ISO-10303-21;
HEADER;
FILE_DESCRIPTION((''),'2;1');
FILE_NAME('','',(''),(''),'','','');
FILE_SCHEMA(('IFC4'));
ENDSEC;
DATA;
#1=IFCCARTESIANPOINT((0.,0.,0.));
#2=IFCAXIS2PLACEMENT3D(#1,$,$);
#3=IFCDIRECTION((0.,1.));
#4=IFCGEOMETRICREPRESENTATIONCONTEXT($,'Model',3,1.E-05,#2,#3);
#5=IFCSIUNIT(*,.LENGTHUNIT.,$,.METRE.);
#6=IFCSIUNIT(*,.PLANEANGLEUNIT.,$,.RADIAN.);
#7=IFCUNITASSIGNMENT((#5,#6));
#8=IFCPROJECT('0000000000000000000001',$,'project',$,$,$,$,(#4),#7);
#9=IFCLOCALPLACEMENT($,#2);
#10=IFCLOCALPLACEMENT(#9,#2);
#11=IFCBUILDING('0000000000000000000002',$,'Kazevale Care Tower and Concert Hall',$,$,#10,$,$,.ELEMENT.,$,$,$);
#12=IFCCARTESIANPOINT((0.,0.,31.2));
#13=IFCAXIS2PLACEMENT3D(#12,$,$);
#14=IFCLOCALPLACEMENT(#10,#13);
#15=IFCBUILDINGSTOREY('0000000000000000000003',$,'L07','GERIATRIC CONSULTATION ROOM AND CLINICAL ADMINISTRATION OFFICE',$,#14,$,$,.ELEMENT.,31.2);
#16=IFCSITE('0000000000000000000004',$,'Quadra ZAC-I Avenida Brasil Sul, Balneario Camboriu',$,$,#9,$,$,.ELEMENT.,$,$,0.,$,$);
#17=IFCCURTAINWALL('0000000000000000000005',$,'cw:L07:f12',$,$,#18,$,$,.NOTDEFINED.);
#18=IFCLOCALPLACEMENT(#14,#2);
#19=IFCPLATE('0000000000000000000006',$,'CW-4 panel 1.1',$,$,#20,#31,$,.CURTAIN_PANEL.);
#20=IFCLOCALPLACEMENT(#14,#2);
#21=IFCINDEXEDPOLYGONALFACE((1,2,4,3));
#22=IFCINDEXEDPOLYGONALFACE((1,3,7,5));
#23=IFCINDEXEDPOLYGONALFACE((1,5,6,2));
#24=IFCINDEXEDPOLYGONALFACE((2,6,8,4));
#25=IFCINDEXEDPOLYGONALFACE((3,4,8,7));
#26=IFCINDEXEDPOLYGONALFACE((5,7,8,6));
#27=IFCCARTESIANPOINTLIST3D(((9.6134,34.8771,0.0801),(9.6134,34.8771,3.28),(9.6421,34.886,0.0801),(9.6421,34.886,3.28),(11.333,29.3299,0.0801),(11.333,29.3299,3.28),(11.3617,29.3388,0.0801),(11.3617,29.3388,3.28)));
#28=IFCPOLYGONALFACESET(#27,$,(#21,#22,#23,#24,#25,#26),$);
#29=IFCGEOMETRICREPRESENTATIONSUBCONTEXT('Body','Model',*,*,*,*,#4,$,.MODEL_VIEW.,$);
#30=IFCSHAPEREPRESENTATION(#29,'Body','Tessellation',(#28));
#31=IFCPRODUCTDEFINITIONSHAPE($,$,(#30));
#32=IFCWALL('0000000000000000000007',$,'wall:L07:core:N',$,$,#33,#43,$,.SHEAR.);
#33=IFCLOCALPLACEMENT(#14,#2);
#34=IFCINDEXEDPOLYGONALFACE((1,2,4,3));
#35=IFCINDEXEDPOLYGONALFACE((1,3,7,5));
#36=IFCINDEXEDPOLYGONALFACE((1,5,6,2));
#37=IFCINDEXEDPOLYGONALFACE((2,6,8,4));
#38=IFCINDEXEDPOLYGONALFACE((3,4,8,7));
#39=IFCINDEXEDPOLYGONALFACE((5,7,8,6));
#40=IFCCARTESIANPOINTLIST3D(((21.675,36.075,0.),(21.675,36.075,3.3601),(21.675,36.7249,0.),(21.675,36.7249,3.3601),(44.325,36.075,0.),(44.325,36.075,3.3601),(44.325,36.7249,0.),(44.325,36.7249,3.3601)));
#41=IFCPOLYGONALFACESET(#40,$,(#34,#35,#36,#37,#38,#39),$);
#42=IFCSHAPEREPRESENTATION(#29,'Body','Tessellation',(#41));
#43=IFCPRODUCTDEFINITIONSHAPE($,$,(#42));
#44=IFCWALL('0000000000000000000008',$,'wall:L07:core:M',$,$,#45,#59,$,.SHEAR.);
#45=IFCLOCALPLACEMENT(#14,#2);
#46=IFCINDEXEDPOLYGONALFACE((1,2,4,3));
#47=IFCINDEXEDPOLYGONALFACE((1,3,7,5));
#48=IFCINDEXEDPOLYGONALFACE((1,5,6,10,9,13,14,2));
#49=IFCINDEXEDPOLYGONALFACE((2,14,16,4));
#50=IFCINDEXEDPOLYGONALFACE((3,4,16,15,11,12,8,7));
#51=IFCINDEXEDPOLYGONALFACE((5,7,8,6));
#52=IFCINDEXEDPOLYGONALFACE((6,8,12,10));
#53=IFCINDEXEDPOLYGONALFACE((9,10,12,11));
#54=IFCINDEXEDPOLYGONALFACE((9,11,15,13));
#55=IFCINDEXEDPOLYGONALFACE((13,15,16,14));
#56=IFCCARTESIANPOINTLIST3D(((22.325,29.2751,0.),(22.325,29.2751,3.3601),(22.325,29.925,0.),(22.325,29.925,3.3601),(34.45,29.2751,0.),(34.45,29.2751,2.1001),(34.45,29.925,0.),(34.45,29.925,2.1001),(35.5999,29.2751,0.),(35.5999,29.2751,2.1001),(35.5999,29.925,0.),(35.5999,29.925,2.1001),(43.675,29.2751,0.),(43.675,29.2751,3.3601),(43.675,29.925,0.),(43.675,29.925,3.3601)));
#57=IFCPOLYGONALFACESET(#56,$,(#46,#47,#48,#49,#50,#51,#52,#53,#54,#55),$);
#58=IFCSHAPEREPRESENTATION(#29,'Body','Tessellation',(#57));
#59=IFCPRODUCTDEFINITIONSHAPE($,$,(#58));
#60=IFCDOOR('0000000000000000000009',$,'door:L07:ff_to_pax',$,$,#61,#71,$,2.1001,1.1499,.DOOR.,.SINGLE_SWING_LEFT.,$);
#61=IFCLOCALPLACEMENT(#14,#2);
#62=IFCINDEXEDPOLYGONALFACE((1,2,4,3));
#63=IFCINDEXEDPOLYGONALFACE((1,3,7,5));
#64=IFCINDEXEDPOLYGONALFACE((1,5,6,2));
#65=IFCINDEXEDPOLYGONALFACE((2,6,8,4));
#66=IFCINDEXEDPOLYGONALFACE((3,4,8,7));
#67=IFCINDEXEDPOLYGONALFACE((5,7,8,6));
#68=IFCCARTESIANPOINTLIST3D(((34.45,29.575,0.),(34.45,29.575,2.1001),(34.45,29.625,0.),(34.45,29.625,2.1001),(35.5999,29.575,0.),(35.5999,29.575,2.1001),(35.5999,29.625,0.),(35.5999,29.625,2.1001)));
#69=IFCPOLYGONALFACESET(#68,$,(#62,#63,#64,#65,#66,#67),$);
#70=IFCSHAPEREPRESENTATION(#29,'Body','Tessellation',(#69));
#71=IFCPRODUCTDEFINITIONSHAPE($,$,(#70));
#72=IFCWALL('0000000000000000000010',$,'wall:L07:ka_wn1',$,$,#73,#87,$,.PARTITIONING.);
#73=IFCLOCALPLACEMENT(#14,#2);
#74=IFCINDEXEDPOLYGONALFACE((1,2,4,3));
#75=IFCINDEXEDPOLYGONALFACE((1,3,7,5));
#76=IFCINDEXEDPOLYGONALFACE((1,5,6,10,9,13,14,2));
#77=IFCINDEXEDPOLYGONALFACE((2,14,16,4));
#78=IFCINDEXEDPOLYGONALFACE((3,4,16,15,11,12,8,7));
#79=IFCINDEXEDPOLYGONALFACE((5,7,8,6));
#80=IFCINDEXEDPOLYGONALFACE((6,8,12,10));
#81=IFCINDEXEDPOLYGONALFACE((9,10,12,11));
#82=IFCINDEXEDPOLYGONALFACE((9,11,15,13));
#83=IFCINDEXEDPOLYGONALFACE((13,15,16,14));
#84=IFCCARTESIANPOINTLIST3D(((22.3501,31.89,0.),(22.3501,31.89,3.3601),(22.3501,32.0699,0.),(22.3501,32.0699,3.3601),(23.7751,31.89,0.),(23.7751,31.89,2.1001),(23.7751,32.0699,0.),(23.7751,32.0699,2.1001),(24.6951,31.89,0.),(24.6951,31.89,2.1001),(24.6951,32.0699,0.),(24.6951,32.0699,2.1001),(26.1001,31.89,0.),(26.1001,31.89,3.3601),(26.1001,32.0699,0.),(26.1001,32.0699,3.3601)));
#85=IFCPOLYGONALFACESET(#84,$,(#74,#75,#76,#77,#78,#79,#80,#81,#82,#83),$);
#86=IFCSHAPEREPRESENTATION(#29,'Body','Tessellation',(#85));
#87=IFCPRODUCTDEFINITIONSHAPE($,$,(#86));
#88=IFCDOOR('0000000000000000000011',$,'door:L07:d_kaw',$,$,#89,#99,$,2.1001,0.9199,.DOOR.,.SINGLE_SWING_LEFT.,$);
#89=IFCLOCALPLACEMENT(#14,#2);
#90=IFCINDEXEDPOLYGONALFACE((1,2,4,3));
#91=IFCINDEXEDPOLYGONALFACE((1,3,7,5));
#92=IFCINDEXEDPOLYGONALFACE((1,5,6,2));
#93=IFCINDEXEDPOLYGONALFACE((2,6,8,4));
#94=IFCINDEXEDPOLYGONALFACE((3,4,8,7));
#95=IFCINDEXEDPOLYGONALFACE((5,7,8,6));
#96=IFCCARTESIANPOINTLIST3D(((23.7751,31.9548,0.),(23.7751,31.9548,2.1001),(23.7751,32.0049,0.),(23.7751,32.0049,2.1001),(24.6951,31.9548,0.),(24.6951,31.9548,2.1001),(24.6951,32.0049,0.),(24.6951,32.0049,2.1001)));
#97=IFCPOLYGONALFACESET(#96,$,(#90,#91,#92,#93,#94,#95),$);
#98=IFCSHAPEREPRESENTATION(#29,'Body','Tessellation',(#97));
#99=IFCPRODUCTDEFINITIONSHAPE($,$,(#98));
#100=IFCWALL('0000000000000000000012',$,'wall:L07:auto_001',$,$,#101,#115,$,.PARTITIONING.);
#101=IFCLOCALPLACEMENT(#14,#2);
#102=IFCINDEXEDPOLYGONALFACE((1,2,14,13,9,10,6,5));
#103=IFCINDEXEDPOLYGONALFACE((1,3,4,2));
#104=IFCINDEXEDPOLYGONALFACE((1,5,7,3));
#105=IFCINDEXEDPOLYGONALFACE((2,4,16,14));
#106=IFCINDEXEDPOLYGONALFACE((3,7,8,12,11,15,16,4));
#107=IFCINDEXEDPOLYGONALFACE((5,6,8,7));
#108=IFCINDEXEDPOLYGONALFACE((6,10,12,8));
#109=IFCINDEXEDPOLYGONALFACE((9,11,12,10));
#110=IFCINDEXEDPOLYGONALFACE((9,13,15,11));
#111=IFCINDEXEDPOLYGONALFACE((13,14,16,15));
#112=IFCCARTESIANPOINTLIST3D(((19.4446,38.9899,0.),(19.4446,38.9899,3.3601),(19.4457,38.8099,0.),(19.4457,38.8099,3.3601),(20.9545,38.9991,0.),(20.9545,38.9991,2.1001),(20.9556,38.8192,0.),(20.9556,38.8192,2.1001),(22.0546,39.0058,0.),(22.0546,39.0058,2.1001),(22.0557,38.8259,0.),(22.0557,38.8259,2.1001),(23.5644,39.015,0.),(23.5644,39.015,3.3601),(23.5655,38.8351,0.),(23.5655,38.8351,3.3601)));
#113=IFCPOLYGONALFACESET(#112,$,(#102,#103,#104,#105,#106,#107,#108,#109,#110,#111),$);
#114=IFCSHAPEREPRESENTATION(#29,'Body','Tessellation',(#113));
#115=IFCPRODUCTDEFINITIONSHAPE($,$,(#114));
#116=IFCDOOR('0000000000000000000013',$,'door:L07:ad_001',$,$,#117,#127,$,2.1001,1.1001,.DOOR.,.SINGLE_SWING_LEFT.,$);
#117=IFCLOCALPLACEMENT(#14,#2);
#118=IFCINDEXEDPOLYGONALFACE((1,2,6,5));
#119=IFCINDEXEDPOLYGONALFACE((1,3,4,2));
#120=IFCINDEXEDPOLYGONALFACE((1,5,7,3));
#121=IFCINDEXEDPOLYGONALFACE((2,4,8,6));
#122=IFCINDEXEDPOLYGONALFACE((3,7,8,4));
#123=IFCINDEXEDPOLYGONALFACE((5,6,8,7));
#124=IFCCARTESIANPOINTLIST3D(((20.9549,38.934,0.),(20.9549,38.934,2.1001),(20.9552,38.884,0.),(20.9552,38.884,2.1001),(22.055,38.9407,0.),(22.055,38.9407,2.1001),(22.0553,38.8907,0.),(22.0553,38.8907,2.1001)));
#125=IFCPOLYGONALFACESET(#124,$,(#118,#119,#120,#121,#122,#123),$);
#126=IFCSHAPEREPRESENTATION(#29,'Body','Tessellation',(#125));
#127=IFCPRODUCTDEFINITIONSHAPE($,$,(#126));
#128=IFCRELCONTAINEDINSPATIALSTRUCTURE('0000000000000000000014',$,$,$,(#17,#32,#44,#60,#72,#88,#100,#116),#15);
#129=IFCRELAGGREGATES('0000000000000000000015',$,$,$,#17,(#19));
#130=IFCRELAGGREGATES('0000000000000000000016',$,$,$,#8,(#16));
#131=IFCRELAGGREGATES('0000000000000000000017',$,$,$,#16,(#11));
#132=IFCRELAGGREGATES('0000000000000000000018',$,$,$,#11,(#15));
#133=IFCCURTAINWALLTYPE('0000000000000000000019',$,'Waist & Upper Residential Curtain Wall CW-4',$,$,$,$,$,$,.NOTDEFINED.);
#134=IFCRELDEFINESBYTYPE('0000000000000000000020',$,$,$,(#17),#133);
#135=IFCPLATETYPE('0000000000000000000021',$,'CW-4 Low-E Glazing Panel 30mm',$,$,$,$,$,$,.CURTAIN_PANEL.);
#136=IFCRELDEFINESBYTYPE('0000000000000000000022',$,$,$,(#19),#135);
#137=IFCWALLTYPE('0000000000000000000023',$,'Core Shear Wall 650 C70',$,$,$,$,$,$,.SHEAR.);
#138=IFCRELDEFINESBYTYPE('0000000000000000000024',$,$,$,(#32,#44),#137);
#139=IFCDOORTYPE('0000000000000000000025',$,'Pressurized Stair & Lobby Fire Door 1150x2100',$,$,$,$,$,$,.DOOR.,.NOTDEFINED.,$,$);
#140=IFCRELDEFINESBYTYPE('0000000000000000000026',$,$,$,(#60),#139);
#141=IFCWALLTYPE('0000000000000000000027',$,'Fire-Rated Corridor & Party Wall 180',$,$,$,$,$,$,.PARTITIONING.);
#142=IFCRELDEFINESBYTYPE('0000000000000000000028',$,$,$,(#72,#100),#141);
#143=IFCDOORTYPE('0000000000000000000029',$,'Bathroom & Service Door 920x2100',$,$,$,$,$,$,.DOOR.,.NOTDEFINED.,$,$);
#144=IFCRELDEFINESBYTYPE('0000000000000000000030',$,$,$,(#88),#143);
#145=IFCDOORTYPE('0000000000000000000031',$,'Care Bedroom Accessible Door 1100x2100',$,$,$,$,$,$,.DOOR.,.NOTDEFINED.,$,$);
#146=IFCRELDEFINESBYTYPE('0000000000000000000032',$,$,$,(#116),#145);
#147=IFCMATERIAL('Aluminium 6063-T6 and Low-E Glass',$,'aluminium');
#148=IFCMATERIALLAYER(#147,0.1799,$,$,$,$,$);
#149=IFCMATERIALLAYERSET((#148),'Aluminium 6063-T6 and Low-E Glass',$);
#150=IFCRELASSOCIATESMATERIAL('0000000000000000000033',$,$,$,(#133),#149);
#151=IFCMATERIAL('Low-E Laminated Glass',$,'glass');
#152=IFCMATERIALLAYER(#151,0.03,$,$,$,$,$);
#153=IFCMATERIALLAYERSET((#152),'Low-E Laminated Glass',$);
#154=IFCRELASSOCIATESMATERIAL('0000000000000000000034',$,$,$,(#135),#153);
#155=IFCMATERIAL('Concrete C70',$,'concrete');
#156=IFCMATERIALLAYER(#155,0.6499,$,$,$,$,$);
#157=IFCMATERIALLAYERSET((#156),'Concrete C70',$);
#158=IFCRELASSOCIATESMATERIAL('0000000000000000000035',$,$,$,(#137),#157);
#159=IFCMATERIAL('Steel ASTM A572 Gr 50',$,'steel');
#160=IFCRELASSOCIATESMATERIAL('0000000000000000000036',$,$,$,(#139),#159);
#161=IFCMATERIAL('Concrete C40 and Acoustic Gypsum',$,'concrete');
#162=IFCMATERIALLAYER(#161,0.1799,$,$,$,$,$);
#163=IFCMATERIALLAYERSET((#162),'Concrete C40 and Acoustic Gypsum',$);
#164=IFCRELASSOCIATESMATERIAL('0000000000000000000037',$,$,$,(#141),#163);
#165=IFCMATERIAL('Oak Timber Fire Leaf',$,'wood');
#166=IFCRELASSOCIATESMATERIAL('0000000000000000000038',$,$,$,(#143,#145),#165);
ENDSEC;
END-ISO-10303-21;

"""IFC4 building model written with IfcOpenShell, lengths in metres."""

from ifc_helpers import new_model, si_unit, direction, frame, frame_2d, origin, origin_2d, place, context, subcontext, project, spatial, rectangle, extrude, material, layer, layer_set, type_object, element, fill, aggregate, save


model = new_model("IFC4")

# Units and contexts
model_context = context("Model", 3, precision=1e-05, world=origin(), true_north=direction((0.0, 1.0)))
body_context = subcontext(model_context, "Body", "Model", "MODEL_VIEW")
ifc_project = project(units=[si_unit("LENGTHUNIT", "METRE"), si_unit("PLANEANGLEUNIT", "RADIAN")], contexts=[model_context])

# Site, building, storey
site_placement = place(None, origin())
site = spatial("IfcSite", under=ifc_project, at=site_placement, Name="Quadra ZAC-I Avenida Brasil Sul, Balneario Camboriu", CompositionType="ELEMENT", RefElevation=0.0)
building_placement = place(site_placement, origin())
building = spatial("IfcBuilding", under=site, at=building_placement, Name="Kazevale Care Tower and Concert Hall", CompositionType="ELEMENT")
storey_placement = place(building_placement, frame((0.0, 0.0, 31.2)))
storey = spatial("IfcBuildingStorey", under=building, at=storey_placement, Name="L07", Description="GERIATRIC CONSULTATION ROOM AND CLINICAL ADMINISTRATION OFFICE", CompositionType="ELEMENT", Elevation=31.2)

# Shared definitions
ifc_material_1 = material(Name="Concrete C70", Category="concrete")

# Curtain wall
ifc_material_2 = material(Name="Aluminium 6063-T6 and Low-E Glass", Category="aluminium")
ifc_layer_1 = layer(ifc_material_2, 0.1799)
ifc_layer_set_1 = layer_set([ifc_layer_1], Name="Aluminium 6063-T6 and Low-E Glass")
curtain_wall_type = type_object("IfcCurtainWallType", Name="Waist & Upper Residential Curtain Wall CW-4", PredefinedType="NOTDEFINED", material=ifc_layer_set_1)
curtain_wall_1_placement = place(storey_placement, origin())
curtain_wall_1 = element("IfcCurtainWall", 1, at=curtain_wall_1_placement, inside=storey, type_object=curtain_wall_type, Name="cw:L07:f12", PredefinedType="NOTDEFINED")

# Shared definitions
ifc_material_3 = material(Name="Steel ASTM A572 Gr 50", Category="steel")

# Plate
ifc_material_4 = material(Name="Low-E Laminated Glass", Category="glass")
ifc_layer_2 = layer(ifc_material_4, 0.03)
ifc_layer_set_2 = layer_set([ifc_layer_2], Name="Low-E Laminated Glass")
plate_type = type_object("IfcPlateType", Name="CW-4 Low-E Glazing Panel 30mm", PredefinedType="CURTAIN_PANEL", material=ifc_layer_set_2)
plate_placement = place(storey_placement, frame((10.4875, 32.1079, 0.0801), z_axis=(0.0, 0.0, 1.0), x_axis=(-0.296099, 0.955157, 0.0)))
plate = element("IfcPlate", 2, at=plate_placement, type_object=plate_type, Name="CW-4 panel 1.1", PredefinedType="CURTAIN_PANEL", context=body_context, shape_type="SweptSolid", body=[
    extrude(rectangle(XDim=5.8076, YDim=0.03, at=origin_2d()), origin(), (0.0, 0.0, 1.0), 3.2),
])
aggregate(curtain_wall_1, [plate])

# Wall
ifc_layer_3 = layer(ifc_material_1, 0.6499)
ifc_layer_set_3 = layer_set([ifc_layer_3], Name="Concrete C70")
wall_type_1 = type_object("IfcWallType", Name="Core Shear Wall 650 C70", PredefinedType="SHEAR", material=ifc_layer_set_3)
wall_1_placement = place(storey_placement, frame((21.675, 36.3999, 0.0), z_axis=(0.0, 0.0, 1.0), x_axis=(1.0, 0.0, 0.0)))
element("IfcWall", 3, at=wall_1_placement, inside=storey, type_object=wall_type_1, Name="wall:L07:core:N", PredefinedType="SHEAR", context=body_context, shape_type="SweptSolid", body=[
    extrude(rectangle(XDim=22.6499, YDim=0.6499, at=frame_2d((11.325, 0.0))), origin(), (0.0, 0.0, 1.0), 3.3601),
])

# Walls, openings, doors
wall_2_placement = place(storey_placement, frame((22.325, 29.6001, 0.0), z_axis=(0.0, 0.0, 1.0), x_axis=(1.0, 0.0, 0.0)))
wall_2 = element("IfcWall", 4, at=wall_2_placement, inside=storey, type_object=wall_type_1, Name="wall:L07:core:M", PredefinedType="SHEAR", context=body_context, shape_type="SweptSolid", body=[
    extrude(rectangle(XDim=21.3501, YDim=0.6499, at=frame_2d((10.675, 0.0))), origin(), (0.0, 0.0, 1.0), 3.3601),
])
opening_1_placement = place(wall_2_placement, frame((12.125, 0.0, 0.0)))
opening_1 = element("IfcOpeningElement", 5, at=opening_1_placement, cuts=wall_2, PredefinedType="OPENING", context=body_context, shape_type="SweptSolid", body=[
    extrude(rectangle(XDim=1.1499, YDim=2.1001, at=frame_2d((0.575, 1.05))), frame((0.0, 0.335, 0.0), z_axis=(0.0, -1.0, 0.0), x_axis=(1.0, 0.0, 0.0)), (0.0, 0.0, 1.0), 0.6699),
])
door_type_1 = type_object("IfcDoorType", Name="Pressurized Stair & Lobby Fire Door 1150x2100", OperationType="NOTDEFINED", PredefinedType="DOOR", material=ifc_material_3)
door_1_placement = place(opening_1_placement, origin())
door_1 = element("IfcDoor", 6, at=door_1_placement, inside=storey, type_object=door_type_1, Name="door:L07:ff_to_pax", OperationType="SINGLE_SWING_LEFT", OverallHeight=2.1001, OverallWidth=1.1499, PredefinedType="DOOR", context=body_context, shape_type="SweptSolid", body=[
    extrude(rectangle(XDim=1.1499, YDim=2.1001, at=frame_2d((0.575, 1.05))), frame((0.0, 0.0249, 0.0), z_axis=(0.0, -1.0, 0.0), x_axis=(1.0, 0.0, 0.0)), (0.0, 0.0, 1.0), 0.05),
])
fill(opening_1, door_1)
ifc_material_5 = material(Name="Concrete C40 and Acoustic Gypsum", Category="concrete")
ifc_layer_4 = layer(ifc_material_5, 0.1799)
ifc_layer_set_4 = layer_set([ifc_layer_4], Name="Concrete C40 and Acoustic Gypsum")
wall_type_2 = type_object("IfcWallType", Name="Fire-Rated Corridor & Party Wall 180", PredefinedType="PARTITIONING", material=ifc_layer_set_4)
wall_3_placement = place(storey_placement, frame((22.3501, 31.98, 0.0), z_axis=(0.0, 0.0, 1.0), x_axis=(1.0, 0.0, 0.0)))
wall_3 = element("IfcWall", 7, at=wall_3_placement, inside=storey, type_object=wall_type_2, Name="wall:L07:ka_wn1", PredefinedType="PARTITIONING", context=body_context, shape_type="SweptSolid", body=[
    extrude(rectangle(XDim=3.75, YDim=0.1799, at=frame_2d((1.875, 0.0))), origin(), (0.0, 0.0, 1.0), 3.3601),
])
opening_2_placement = place(wall_3_placement, frame((1.425, 0.0, 0.0)))
opening_2 = element("IfcOpeningElement", 8, at=opening_2_placement, cuts=wall_3, PredefinedType="OPENING", context=body_context, shape_type="SweptSolid", body=[
    extrude(rectangle(XDim=0.9199, YDim=2.1001, at=frame_2d((0.46, 1.05))), frame((0.0, 0.0999, 0.0), z_axis=(0.0, -1.0, 0.0), x_axis=(1.0, 0.0, 0.0)), (0.0, 0.0, 1.0), 0.2),
])
ifc_material_6 = material(Name="Oak Timber Fire Leaf", Category="wood")
door_type_2 = type_object("IfcDoorType", Name="Bathroom & Service Door 920x2100", OperationType="NOTDEFINED", PredefinedType="DOOR", material=ifc_material_6)
door_2_placement = place(opening_2_placement, origin())
door_2 = element("IfcDoor", 9, at=door_2_placement, inside=storey, type_object=door_type_2, Name="door:L07:d_kaw", OperationType="SINGLE_SWING_LEFT", OverallHeight=2.1001, OverallWidth=0.9199, PredefinedType="DOOR", context=body_context, shape_type="SweptSolid", body=[
    extrude(rectangle(XDim=0.9199, YDim=2.1001, at=frame_2d((0.46, 1.05))), frame((0.0, 0.0249, 0.0), z_axis=(0.0, -1.0, 0.0), x_axis=(1.0, 0.0, 0.0)), (0.0, 0.0, 1.0), 0.05),
])
fill(opening_2, door_2)
wall_4_placement = place(storey_placement, frame((19.4451, 38.8999, 0.0), z_axis=(0.0, 0.0, 1.0), x_axis=(0.999981, 0.006104, 0.0)))
wall_4 = element("IfcWall", 10, at=wall_4_placement, inside=storey, type_object=wall_type_2, Name="wall:L07:auto_001", PredefinedType="PARTITIONING", context=body_context, shape_type="SweptSolid", body=[
    extrude(rectangle(XDim=4.1199, YDim=0.1799, at=frame_2d((2.0601, 0.0))), origin(), (0.0, 0.0, 1.0), 3.3601),
])
opening_3_placement = place(wall_4_placement, frame((1.51, 0.0, 0.0)))
opening_3 = element("IfcOpeningElement", 11, at=opening_3_placement, cuts=wall_4, PredefinedType="OPENING", context=body_context, shape_type="SweptSolid", body=[
    extrude(rectangle(XDim=1.1001, YDim=2.1001, at=frame_2d((0.55, 1.05))), frame((0.0, 0.0999, 0.0), z_axis=(0.0, -1.0, 0.0), x_axis=(1.0, 0.0, 0.0)), (0.0, 0.0, 1.0), 0.2),
])
door_type_3 = type_object("IfcDoorType", Name="Care Bedroom Accessible Door 1100x2100", OperationType="NOTDEFINED", PredefinedType="DOOR", material=ifc_material_6)
door_3_placement = place(opening_3_placement, origin())
door_3 = element("IfcDoor", 12, at=door_3_placement, inside=storey, type_object=door_type_3, Name="door:L07:ad_001", OperationType="SINGLE_SWING_LEFT", OverallHeight=2.1001, OverallWidth=1.1001, PredefinedType="DOOR", context=body_context, shape_type="SweptSolid", body=[
    extrude(rectangle(XDim=1.1001, YDim=2.1001, at=frame_2d((0.55, 1.05))), frame((0.0, 0.0249, 0.0), z_axis=(0.0, -1.0, 0.0), x_axis=(1.0, 0.0, 0.0)), (0.0, 0.0, 1.0), 0.05),
])
fill(opening_3, door_3)

save(model, "model.ifc")
